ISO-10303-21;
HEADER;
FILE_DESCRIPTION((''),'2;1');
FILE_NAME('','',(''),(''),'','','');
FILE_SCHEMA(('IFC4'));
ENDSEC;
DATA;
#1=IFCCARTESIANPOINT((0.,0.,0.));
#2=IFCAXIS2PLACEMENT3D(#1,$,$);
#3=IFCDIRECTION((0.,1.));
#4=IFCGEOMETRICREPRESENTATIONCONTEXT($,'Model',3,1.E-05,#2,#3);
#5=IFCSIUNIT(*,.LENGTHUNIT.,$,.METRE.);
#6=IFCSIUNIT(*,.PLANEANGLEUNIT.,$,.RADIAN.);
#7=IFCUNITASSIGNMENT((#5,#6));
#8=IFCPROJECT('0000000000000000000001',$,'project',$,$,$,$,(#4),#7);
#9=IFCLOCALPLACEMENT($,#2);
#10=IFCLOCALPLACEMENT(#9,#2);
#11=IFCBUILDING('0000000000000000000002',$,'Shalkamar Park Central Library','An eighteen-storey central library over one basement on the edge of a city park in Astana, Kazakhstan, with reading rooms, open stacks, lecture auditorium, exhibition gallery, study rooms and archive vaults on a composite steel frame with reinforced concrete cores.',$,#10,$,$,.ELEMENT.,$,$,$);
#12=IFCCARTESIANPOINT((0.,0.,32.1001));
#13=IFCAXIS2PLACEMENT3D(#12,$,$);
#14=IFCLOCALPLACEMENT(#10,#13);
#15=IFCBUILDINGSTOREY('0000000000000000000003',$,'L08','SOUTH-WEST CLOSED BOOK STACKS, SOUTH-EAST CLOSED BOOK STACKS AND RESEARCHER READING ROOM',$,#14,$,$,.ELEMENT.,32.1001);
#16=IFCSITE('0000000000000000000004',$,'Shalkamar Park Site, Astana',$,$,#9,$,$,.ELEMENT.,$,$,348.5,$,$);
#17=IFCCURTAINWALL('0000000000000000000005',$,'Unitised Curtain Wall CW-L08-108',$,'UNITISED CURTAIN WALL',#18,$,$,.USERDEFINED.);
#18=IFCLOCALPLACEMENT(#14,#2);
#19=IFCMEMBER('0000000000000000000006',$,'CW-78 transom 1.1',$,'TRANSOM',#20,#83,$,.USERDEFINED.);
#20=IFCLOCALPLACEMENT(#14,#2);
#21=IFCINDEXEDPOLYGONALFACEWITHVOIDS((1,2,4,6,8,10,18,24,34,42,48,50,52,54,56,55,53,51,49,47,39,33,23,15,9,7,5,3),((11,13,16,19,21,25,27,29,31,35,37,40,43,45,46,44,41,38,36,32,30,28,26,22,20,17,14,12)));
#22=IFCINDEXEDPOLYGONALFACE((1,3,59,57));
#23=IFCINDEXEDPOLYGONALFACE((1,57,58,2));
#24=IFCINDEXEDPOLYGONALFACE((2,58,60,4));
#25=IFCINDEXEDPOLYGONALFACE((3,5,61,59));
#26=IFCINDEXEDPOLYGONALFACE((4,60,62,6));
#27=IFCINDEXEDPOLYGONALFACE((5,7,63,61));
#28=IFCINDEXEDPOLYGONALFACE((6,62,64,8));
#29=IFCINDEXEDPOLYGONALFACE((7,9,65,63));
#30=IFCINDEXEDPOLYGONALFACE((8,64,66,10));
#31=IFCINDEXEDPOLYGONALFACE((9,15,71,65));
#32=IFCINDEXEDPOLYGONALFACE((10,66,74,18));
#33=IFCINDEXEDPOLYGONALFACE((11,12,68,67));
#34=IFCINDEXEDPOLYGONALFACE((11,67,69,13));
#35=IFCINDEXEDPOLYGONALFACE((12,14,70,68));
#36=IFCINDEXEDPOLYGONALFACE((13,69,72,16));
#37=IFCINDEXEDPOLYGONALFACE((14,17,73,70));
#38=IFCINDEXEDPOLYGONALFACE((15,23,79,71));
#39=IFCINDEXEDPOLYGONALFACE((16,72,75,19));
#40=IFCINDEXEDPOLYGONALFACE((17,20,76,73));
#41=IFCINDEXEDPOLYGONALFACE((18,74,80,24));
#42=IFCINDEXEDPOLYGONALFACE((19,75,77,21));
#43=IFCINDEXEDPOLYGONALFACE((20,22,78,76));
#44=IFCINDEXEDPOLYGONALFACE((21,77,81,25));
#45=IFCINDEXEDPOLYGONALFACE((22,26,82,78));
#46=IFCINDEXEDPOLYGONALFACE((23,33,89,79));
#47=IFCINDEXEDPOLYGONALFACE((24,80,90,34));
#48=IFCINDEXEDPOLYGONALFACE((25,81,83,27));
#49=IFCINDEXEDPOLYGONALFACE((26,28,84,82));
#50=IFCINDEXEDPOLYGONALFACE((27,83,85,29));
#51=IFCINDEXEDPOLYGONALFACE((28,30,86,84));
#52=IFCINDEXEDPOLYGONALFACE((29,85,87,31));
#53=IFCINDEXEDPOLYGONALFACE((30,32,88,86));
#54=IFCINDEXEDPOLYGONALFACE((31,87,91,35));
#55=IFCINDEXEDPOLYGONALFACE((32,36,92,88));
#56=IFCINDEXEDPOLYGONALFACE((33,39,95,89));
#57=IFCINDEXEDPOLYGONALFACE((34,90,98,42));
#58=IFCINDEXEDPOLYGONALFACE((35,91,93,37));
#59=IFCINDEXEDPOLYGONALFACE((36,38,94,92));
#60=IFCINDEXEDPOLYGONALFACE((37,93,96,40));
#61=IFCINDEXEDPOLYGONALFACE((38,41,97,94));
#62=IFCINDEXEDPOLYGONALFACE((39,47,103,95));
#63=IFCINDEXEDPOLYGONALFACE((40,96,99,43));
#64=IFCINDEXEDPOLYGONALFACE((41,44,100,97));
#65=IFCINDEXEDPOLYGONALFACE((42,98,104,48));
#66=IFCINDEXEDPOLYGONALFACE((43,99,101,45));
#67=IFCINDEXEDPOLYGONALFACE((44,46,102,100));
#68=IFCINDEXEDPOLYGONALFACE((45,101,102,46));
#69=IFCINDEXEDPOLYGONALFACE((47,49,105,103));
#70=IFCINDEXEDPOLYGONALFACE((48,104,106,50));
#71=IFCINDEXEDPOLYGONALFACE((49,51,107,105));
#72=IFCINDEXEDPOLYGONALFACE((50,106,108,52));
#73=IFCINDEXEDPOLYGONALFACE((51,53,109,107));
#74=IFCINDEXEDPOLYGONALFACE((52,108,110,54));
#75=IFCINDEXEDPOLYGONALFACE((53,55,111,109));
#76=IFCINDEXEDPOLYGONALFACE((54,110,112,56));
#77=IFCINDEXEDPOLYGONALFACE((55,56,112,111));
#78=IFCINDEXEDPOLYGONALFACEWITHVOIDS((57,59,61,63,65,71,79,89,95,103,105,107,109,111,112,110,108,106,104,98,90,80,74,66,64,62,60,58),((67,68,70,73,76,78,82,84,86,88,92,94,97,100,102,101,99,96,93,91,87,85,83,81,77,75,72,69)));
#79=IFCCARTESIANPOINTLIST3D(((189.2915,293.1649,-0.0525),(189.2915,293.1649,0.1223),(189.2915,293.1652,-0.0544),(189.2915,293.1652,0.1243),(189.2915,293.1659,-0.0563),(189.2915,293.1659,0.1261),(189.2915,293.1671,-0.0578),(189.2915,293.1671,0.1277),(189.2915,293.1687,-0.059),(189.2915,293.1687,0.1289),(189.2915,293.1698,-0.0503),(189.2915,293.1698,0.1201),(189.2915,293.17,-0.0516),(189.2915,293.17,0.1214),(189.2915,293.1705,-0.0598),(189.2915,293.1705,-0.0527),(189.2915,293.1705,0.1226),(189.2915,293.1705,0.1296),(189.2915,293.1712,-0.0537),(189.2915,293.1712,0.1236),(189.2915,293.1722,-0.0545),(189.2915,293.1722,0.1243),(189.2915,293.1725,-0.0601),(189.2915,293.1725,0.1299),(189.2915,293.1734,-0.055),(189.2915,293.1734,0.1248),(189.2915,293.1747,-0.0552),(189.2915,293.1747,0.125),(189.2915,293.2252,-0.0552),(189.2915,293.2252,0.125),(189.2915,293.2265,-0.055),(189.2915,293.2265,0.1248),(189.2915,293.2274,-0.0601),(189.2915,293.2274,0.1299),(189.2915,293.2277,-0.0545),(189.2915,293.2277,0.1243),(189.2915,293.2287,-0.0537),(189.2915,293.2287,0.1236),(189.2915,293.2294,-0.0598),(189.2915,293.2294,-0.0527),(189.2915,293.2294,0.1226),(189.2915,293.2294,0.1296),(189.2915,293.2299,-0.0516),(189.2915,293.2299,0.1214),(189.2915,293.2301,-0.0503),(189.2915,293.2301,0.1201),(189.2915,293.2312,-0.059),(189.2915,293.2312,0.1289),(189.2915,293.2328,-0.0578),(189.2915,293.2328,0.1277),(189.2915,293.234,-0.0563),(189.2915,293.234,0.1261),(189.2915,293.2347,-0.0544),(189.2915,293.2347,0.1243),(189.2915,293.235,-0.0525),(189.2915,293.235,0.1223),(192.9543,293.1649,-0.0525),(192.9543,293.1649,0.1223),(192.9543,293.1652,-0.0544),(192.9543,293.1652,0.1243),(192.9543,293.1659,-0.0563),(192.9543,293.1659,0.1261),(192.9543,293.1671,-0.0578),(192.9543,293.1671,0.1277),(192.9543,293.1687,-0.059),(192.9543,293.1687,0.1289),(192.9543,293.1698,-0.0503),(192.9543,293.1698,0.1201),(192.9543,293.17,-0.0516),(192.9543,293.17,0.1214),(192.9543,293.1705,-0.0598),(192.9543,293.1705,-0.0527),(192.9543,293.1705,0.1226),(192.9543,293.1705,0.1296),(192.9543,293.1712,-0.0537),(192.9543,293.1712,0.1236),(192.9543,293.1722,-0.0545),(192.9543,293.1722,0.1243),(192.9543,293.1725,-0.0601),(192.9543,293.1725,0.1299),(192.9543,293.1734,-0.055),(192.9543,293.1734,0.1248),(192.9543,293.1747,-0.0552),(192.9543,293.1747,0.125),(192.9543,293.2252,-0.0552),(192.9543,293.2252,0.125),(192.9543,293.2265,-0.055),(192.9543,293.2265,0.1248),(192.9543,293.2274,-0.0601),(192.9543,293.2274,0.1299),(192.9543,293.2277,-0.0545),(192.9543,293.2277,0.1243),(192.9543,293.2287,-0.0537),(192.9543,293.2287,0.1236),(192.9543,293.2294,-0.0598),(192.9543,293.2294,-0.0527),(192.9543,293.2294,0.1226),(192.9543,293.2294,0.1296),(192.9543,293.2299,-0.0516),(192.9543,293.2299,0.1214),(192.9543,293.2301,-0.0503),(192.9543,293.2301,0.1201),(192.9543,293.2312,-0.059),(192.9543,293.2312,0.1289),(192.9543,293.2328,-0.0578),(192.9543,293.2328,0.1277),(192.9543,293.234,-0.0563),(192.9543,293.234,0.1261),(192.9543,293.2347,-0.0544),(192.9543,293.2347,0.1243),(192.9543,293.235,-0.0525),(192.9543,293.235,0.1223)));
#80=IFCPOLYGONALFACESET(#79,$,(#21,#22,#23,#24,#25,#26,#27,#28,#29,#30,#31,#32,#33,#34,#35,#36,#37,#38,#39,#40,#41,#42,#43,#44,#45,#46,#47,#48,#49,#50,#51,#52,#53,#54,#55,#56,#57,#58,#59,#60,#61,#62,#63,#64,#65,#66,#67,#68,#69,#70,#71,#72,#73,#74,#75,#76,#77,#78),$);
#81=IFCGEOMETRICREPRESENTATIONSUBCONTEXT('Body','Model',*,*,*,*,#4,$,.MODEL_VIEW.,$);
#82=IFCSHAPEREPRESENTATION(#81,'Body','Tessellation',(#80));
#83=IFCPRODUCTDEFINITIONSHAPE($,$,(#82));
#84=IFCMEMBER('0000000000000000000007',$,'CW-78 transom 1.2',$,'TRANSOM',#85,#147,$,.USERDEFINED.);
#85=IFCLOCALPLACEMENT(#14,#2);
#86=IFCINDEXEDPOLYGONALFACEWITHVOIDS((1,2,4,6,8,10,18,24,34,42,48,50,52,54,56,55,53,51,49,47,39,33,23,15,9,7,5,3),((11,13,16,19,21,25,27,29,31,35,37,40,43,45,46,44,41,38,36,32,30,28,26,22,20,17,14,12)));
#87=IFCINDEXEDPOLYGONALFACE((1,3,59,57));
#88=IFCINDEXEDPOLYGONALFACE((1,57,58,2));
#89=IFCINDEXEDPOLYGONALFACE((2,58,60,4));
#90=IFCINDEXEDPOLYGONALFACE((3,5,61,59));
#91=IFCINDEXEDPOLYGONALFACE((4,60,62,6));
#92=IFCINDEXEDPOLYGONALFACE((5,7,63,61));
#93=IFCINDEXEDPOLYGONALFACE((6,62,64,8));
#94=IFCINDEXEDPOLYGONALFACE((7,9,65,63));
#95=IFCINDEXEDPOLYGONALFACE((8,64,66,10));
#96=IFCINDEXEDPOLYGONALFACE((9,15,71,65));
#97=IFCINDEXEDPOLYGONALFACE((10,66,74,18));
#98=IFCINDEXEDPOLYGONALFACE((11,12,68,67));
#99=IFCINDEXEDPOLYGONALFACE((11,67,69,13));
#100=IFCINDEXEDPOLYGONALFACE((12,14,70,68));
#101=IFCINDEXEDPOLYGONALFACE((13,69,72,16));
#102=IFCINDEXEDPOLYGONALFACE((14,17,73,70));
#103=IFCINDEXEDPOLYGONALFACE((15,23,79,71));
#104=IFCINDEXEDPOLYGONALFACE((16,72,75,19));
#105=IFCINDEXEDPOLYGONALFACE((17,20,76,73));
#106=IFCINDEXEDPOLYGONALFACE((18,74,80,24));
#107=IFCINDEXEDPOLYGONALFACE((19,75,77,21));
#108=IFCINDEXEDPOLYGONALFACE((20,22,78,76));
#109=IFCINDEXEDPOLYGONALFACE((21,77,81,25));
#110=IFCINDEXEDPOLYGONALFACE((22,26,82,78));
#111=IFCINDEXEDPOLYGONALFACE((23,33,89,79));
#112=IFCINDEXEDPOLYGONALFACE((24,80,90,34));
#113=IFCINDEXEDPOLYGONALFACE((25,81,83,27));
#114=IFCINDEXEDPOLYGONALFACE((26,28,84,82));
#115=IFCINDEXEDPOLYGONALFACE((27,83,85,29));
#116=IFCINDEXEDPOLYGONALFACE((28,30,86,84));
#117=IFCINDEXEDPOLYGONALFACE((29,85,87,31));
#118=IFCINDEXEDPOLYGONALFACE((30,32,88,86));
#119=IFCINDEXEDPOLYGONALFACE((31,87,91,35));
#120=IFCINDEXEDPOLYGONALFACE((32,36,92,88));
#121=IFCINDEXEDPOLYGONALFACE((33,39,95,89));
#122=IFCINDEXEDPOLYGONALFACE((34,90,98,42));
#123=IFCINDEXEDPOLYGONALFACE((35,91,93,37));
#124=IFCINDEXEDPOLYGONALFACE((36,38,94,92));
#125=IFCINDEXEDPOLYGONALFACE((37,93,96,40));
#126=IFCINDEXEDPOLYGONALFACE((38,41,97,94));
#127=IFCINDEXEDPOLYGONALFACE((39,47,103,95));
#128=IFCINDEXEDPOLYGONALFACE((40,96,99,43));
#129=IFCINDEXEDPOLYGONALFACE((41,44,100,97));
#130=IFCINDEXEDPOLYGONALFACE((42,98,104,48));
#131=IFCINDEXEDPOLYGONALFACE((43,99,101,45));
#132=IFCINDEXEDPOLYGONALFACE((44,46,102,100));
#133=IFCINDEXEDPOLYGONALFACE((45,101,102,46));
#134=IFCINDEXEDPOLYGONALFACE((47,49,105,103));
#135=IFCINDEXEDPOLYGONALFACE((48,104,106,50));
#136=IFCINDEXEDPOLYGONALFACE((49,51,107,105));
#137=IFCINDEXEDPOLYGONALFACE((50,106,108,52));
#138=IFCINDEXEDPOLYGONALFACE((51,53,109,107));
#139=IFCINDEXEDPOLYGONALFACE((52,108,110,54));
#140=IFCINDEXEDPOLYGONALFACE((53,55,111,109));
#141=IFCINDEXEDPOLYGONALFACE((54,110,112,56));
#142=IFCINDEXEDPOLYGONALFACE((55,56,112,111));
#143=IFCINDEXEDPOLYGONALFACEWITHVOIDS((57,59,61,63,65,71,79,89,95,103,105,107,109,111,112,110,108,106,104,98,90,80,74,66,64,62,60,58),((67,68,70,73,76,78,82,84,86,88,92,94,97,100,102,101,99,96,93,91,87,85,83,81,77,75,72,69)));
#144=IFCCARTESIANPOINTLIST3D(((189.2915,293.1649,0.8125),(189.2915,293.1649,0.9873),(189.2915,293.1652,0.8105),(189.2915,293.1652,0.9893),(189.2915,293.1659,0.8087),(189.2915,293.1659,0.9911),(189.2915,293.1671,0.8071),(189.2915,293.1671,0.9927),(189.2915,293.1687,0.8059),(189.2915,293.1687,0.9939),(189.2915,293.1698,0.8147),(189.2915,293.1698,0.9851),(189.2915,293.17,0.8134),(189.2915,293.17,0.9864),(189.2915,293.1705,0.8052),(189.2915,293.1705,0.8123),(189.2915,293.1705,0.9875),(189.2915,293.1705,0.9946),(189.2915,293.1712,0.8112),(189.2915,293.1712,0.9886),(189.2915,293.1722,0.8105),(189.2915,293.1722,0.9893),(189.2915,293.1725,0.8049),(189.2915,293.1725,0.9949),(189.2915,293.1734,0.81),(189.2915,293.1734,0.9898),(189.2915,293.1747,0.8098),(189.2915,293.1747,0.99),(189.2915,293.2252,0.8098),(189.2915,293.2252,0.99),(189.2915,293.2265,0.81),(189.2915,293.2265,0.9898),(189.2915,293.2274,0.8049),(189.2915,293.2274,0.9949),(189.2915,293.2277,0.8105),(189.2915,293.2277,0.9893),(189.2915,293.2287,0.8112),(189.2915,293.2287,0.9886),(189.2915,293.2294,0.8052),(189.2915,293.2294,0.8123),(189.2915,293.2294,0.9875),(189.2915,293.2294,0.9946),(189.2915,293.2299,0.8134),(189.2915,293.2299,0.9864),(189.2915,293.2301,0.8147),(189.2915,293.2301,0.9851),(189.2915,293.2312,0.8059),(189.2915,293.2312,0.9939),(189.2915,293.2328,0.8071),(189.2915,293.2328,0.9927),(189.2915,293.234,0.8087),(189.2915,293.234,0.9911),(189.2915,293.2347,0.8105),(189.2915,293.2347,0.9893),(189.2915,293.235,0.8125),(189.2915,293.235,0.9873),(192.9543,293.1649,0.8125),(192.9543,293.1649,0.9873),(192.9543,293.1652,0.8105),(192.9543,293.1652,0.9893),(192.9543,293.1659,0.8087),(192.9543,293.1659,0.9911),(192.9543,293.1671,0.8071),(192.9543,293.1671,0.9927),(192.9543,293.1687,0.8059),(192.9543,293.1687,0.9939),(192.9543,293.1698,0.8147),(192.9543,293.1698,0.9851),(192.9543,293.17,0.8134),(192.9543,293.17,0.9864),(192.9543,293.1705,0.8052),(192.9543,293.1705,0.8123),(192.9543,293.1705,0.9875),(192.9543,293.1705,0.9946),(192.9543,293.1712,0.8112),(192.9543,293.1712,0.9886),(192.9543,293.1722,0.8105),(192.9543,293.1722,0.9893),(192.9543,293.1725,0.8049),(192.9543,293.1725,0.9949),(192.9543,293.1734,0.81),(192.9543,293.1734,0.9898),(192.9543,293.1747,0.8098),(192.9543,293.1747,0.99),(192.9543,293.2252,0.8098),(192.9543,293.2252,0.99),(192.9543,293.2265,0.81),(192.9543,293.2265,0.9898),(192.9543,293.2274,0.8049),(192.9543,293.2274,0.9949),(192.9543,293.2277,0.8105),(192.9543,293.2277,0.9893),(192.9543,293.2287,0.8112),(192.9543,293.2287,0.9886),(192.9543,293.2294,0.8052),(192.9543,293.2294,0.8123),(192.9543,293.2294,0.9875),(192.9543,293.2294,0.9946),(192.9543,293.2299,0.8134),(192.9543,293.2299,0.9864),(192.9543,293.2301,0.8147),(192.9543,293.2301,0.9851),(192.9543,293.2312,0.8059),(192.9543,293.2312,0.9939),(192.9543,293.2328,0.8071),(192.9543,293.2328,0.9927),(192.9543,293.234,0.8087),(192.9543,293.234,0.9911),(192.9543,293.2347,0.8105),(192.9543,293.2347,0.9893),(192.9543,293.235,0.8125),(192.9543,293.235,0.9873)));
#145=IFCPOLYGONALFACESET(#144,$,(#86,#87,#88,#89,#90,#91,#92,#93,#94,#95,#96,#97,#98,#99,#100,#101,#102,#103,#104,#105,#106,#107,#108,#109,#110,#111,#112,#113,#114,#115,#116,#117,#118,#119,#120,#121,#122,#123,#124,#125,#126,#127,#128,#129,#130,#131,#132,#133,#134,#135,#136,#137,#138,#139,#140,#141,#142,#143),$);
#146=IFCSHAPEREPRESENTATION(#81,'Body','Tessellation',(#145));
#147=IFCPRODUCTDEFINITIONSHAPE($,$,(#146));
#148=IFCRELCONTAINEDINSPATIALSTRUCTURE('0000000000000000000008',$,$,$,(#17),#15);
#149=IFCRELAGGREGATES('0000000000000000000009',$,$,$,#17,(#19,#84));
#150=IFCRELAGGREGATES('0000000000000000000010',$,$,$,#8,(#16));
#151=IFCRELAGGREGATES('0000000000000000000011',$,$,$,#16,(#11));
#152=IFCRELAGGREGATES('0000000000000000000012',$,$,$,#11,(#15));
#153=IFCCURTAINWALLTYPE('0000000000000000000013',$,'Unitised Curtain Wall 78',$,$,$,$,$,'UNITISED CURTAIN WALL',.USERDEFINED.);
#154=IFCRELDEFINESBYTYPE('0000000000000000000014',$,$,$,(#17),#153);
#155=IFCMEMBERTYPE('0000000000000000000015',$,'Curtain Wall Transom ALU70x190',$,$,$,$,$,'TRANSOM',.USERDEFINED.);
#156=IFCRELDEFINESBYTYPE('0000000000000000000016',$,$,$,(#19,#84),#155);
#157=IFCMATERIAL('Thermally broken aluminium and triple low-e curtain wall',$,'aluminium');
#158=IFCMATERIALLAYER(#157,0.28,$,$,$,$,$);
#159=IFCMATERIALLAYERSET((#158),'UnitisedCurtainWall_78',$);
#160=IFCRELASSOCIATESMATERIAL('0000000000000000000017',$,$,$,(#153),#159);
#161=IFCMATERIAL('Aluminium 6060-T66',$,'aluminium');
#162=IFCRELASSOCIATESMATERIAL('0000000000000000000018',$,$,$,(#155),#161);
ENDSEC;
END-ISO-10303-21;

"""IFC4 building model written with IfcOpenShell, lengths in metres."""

from ifc_helpers import new_model, si_unit, direction, frame, origin, origin_2d, place, context, subcontext, project, spatial, hollow_rectangle, extrude, material, layer, layer_set, material_profile, profile_set, type_object, element, aggregate, save


model = new_model("IFC4")

# Units and contexts
model_context = context("Model", 3, precision=1e-05, world=origin(), true_north=direction((0.0, 1.0)))
body_context = subcontext(model_context, "Body", "Model", "MODEL_VIEW")
ifc_project = project(units=[si_unit("LENGTHUNIT", "METRE"), si_unit("PLANEANGLEUNIT", "RADIAN")], contexts=[model_context])

# Site, building, storey
site_placement = place(None, origin())
site = spatial("IfcSite", under=ifc_project, at=site_placement, Name="Shalkamar Park Site, Astana", CompositionType="ELEMENT", RefElevation=348.5)
building_placement = place(site_placement, origin())
building = spatial("IfcBuilding", under=site, at=building_placement, Name="Shalkamar Park Central Library", Description="An eighteen-storey central library over one basement on the edge of a city park in Astana, Kazakhstan, with reading rooms, open stacks, lecture auditorium, exhibition gallery, study rooms and archive vaults on a composite steel frame with reinforced concrete cores.", CompositionType="ELEMENT")
storey_placement = place(building_placement, frame((0.0, 0.0, 32.1001)))
storey = spatial("IfcBuildingStorey", under=building, at=storey_placement, Name="L08", Description="SOUTH-WEST CLOSED BOOK STACKS, SOUTH-EAST CLOSED BOOK STACKS AND RESEARCHER READING ROOM", CompositionType="ELEMENT", Elevation=32.1001)

# Curtain wall
ifc_material_1 = material(Name="Thermally broken aluminium and triple low-e curtain wall", Category="aluminium")
ifc_material_2 = material(Name="Aluminium 6060-T66", Category="aluminium")
ifc_layer_1 = layer(ifc_material_1, 0.28)
ifc_layer_set_1 = layer_set([ifc_layer_1], Name="UnitisedCurtainWall_78")
curtain_wall_type_1 = type_object("IfcCurtainWallType", Name="Unitised Curtain Wall 78", ElementType="UNITISED CURTAIN WALL", PredefinedType="USERDEFINED", material=ifc_layer_set_1)
curtain_wall_1_placement = place(storey_placement, origin())
curtain_wall_1 = element("IfcCurtainWall", 1, at=curtain_wall_1_placement, inside=storey, type_object=curtain_wall_type_1, Name="Unitised Curtain Wall CW-L08-108", ObjectType="UNITISED CURTAIN WALL", PredefinedType="USERDEFINED")

# Members
ifc_material_profile_1 = material_profile(ifc_material_2, hollow_rectangle(XDim=0.0701, YDim=0.1899, WallThickness=0.0049, InnerFilletRadius=0.0049, OuterFilletRadius=0.0076, at=origin_2d()), Name="ALU 70x190x5")
ifc_profile_set_1 = profile_set([ifc_material_profile_1], Name="Aluminium 6060-T66")
member_type_1 = type_object("IfcMemberType", Name="Curtain Wall Transom ALU70x190", ElementType="TRANSOM", PredefinedType="USERDEFINED", material=ifc_profile_set_1)
member_1_placement = place(storey_placement, frame((189.2915, 293.2, 0.0349), z_axis=(1.0, 0.0, 0.0), x_axis=(0.0, 1.0, 0.0)))
member_1 = element("IfcMember", 2, at=member_1_placement, type_object=member_type_1, Name="CW-78 transom 1.1", ObjectType="TRANSOM", PredefinedType="USERDEFINED", context=body_context, shape_type="SweptSolid", body=[
    extrude(hollow_rectangle(XDim=0.0701, YDim=0.1899, WallThickness=0.0049, InnerFilletRadius=0.0049, OuterFilletRadius=0.0076, at=origin_2d()), origin(), (0.0, 0.0, 1.0), 3.6628),
])
member_2_placement = place(storey_placement, frame((189.2915, 293.2, 0.8999), z_axis=(1.0, 0.0, 0.0), x_axis=(0.0, 1.0, 0.0)))
member_2 = element("IfcMember", 3, at=member_2_placement, type_object=member_type_1, Name="CW-78 transom 1.2", ObjectType="TRANSOM", PredefinedType="USERDEFINED", context=body_context, shape_type="SweptSolid", body=[
    extrude(hollow_rectangle(XDim=0.0701, YDim=0.1899, WallThickness=0.0049, InnerFilletRadius=0.0049, OuterFilletRadius=0.0076, at=origin_2d()), origin(), (0.0, 0.0, 1.0), 3.6628),
])

aggregate(curtain_wall_1, [member_1, member_2])

save(model, "model.ifc")
